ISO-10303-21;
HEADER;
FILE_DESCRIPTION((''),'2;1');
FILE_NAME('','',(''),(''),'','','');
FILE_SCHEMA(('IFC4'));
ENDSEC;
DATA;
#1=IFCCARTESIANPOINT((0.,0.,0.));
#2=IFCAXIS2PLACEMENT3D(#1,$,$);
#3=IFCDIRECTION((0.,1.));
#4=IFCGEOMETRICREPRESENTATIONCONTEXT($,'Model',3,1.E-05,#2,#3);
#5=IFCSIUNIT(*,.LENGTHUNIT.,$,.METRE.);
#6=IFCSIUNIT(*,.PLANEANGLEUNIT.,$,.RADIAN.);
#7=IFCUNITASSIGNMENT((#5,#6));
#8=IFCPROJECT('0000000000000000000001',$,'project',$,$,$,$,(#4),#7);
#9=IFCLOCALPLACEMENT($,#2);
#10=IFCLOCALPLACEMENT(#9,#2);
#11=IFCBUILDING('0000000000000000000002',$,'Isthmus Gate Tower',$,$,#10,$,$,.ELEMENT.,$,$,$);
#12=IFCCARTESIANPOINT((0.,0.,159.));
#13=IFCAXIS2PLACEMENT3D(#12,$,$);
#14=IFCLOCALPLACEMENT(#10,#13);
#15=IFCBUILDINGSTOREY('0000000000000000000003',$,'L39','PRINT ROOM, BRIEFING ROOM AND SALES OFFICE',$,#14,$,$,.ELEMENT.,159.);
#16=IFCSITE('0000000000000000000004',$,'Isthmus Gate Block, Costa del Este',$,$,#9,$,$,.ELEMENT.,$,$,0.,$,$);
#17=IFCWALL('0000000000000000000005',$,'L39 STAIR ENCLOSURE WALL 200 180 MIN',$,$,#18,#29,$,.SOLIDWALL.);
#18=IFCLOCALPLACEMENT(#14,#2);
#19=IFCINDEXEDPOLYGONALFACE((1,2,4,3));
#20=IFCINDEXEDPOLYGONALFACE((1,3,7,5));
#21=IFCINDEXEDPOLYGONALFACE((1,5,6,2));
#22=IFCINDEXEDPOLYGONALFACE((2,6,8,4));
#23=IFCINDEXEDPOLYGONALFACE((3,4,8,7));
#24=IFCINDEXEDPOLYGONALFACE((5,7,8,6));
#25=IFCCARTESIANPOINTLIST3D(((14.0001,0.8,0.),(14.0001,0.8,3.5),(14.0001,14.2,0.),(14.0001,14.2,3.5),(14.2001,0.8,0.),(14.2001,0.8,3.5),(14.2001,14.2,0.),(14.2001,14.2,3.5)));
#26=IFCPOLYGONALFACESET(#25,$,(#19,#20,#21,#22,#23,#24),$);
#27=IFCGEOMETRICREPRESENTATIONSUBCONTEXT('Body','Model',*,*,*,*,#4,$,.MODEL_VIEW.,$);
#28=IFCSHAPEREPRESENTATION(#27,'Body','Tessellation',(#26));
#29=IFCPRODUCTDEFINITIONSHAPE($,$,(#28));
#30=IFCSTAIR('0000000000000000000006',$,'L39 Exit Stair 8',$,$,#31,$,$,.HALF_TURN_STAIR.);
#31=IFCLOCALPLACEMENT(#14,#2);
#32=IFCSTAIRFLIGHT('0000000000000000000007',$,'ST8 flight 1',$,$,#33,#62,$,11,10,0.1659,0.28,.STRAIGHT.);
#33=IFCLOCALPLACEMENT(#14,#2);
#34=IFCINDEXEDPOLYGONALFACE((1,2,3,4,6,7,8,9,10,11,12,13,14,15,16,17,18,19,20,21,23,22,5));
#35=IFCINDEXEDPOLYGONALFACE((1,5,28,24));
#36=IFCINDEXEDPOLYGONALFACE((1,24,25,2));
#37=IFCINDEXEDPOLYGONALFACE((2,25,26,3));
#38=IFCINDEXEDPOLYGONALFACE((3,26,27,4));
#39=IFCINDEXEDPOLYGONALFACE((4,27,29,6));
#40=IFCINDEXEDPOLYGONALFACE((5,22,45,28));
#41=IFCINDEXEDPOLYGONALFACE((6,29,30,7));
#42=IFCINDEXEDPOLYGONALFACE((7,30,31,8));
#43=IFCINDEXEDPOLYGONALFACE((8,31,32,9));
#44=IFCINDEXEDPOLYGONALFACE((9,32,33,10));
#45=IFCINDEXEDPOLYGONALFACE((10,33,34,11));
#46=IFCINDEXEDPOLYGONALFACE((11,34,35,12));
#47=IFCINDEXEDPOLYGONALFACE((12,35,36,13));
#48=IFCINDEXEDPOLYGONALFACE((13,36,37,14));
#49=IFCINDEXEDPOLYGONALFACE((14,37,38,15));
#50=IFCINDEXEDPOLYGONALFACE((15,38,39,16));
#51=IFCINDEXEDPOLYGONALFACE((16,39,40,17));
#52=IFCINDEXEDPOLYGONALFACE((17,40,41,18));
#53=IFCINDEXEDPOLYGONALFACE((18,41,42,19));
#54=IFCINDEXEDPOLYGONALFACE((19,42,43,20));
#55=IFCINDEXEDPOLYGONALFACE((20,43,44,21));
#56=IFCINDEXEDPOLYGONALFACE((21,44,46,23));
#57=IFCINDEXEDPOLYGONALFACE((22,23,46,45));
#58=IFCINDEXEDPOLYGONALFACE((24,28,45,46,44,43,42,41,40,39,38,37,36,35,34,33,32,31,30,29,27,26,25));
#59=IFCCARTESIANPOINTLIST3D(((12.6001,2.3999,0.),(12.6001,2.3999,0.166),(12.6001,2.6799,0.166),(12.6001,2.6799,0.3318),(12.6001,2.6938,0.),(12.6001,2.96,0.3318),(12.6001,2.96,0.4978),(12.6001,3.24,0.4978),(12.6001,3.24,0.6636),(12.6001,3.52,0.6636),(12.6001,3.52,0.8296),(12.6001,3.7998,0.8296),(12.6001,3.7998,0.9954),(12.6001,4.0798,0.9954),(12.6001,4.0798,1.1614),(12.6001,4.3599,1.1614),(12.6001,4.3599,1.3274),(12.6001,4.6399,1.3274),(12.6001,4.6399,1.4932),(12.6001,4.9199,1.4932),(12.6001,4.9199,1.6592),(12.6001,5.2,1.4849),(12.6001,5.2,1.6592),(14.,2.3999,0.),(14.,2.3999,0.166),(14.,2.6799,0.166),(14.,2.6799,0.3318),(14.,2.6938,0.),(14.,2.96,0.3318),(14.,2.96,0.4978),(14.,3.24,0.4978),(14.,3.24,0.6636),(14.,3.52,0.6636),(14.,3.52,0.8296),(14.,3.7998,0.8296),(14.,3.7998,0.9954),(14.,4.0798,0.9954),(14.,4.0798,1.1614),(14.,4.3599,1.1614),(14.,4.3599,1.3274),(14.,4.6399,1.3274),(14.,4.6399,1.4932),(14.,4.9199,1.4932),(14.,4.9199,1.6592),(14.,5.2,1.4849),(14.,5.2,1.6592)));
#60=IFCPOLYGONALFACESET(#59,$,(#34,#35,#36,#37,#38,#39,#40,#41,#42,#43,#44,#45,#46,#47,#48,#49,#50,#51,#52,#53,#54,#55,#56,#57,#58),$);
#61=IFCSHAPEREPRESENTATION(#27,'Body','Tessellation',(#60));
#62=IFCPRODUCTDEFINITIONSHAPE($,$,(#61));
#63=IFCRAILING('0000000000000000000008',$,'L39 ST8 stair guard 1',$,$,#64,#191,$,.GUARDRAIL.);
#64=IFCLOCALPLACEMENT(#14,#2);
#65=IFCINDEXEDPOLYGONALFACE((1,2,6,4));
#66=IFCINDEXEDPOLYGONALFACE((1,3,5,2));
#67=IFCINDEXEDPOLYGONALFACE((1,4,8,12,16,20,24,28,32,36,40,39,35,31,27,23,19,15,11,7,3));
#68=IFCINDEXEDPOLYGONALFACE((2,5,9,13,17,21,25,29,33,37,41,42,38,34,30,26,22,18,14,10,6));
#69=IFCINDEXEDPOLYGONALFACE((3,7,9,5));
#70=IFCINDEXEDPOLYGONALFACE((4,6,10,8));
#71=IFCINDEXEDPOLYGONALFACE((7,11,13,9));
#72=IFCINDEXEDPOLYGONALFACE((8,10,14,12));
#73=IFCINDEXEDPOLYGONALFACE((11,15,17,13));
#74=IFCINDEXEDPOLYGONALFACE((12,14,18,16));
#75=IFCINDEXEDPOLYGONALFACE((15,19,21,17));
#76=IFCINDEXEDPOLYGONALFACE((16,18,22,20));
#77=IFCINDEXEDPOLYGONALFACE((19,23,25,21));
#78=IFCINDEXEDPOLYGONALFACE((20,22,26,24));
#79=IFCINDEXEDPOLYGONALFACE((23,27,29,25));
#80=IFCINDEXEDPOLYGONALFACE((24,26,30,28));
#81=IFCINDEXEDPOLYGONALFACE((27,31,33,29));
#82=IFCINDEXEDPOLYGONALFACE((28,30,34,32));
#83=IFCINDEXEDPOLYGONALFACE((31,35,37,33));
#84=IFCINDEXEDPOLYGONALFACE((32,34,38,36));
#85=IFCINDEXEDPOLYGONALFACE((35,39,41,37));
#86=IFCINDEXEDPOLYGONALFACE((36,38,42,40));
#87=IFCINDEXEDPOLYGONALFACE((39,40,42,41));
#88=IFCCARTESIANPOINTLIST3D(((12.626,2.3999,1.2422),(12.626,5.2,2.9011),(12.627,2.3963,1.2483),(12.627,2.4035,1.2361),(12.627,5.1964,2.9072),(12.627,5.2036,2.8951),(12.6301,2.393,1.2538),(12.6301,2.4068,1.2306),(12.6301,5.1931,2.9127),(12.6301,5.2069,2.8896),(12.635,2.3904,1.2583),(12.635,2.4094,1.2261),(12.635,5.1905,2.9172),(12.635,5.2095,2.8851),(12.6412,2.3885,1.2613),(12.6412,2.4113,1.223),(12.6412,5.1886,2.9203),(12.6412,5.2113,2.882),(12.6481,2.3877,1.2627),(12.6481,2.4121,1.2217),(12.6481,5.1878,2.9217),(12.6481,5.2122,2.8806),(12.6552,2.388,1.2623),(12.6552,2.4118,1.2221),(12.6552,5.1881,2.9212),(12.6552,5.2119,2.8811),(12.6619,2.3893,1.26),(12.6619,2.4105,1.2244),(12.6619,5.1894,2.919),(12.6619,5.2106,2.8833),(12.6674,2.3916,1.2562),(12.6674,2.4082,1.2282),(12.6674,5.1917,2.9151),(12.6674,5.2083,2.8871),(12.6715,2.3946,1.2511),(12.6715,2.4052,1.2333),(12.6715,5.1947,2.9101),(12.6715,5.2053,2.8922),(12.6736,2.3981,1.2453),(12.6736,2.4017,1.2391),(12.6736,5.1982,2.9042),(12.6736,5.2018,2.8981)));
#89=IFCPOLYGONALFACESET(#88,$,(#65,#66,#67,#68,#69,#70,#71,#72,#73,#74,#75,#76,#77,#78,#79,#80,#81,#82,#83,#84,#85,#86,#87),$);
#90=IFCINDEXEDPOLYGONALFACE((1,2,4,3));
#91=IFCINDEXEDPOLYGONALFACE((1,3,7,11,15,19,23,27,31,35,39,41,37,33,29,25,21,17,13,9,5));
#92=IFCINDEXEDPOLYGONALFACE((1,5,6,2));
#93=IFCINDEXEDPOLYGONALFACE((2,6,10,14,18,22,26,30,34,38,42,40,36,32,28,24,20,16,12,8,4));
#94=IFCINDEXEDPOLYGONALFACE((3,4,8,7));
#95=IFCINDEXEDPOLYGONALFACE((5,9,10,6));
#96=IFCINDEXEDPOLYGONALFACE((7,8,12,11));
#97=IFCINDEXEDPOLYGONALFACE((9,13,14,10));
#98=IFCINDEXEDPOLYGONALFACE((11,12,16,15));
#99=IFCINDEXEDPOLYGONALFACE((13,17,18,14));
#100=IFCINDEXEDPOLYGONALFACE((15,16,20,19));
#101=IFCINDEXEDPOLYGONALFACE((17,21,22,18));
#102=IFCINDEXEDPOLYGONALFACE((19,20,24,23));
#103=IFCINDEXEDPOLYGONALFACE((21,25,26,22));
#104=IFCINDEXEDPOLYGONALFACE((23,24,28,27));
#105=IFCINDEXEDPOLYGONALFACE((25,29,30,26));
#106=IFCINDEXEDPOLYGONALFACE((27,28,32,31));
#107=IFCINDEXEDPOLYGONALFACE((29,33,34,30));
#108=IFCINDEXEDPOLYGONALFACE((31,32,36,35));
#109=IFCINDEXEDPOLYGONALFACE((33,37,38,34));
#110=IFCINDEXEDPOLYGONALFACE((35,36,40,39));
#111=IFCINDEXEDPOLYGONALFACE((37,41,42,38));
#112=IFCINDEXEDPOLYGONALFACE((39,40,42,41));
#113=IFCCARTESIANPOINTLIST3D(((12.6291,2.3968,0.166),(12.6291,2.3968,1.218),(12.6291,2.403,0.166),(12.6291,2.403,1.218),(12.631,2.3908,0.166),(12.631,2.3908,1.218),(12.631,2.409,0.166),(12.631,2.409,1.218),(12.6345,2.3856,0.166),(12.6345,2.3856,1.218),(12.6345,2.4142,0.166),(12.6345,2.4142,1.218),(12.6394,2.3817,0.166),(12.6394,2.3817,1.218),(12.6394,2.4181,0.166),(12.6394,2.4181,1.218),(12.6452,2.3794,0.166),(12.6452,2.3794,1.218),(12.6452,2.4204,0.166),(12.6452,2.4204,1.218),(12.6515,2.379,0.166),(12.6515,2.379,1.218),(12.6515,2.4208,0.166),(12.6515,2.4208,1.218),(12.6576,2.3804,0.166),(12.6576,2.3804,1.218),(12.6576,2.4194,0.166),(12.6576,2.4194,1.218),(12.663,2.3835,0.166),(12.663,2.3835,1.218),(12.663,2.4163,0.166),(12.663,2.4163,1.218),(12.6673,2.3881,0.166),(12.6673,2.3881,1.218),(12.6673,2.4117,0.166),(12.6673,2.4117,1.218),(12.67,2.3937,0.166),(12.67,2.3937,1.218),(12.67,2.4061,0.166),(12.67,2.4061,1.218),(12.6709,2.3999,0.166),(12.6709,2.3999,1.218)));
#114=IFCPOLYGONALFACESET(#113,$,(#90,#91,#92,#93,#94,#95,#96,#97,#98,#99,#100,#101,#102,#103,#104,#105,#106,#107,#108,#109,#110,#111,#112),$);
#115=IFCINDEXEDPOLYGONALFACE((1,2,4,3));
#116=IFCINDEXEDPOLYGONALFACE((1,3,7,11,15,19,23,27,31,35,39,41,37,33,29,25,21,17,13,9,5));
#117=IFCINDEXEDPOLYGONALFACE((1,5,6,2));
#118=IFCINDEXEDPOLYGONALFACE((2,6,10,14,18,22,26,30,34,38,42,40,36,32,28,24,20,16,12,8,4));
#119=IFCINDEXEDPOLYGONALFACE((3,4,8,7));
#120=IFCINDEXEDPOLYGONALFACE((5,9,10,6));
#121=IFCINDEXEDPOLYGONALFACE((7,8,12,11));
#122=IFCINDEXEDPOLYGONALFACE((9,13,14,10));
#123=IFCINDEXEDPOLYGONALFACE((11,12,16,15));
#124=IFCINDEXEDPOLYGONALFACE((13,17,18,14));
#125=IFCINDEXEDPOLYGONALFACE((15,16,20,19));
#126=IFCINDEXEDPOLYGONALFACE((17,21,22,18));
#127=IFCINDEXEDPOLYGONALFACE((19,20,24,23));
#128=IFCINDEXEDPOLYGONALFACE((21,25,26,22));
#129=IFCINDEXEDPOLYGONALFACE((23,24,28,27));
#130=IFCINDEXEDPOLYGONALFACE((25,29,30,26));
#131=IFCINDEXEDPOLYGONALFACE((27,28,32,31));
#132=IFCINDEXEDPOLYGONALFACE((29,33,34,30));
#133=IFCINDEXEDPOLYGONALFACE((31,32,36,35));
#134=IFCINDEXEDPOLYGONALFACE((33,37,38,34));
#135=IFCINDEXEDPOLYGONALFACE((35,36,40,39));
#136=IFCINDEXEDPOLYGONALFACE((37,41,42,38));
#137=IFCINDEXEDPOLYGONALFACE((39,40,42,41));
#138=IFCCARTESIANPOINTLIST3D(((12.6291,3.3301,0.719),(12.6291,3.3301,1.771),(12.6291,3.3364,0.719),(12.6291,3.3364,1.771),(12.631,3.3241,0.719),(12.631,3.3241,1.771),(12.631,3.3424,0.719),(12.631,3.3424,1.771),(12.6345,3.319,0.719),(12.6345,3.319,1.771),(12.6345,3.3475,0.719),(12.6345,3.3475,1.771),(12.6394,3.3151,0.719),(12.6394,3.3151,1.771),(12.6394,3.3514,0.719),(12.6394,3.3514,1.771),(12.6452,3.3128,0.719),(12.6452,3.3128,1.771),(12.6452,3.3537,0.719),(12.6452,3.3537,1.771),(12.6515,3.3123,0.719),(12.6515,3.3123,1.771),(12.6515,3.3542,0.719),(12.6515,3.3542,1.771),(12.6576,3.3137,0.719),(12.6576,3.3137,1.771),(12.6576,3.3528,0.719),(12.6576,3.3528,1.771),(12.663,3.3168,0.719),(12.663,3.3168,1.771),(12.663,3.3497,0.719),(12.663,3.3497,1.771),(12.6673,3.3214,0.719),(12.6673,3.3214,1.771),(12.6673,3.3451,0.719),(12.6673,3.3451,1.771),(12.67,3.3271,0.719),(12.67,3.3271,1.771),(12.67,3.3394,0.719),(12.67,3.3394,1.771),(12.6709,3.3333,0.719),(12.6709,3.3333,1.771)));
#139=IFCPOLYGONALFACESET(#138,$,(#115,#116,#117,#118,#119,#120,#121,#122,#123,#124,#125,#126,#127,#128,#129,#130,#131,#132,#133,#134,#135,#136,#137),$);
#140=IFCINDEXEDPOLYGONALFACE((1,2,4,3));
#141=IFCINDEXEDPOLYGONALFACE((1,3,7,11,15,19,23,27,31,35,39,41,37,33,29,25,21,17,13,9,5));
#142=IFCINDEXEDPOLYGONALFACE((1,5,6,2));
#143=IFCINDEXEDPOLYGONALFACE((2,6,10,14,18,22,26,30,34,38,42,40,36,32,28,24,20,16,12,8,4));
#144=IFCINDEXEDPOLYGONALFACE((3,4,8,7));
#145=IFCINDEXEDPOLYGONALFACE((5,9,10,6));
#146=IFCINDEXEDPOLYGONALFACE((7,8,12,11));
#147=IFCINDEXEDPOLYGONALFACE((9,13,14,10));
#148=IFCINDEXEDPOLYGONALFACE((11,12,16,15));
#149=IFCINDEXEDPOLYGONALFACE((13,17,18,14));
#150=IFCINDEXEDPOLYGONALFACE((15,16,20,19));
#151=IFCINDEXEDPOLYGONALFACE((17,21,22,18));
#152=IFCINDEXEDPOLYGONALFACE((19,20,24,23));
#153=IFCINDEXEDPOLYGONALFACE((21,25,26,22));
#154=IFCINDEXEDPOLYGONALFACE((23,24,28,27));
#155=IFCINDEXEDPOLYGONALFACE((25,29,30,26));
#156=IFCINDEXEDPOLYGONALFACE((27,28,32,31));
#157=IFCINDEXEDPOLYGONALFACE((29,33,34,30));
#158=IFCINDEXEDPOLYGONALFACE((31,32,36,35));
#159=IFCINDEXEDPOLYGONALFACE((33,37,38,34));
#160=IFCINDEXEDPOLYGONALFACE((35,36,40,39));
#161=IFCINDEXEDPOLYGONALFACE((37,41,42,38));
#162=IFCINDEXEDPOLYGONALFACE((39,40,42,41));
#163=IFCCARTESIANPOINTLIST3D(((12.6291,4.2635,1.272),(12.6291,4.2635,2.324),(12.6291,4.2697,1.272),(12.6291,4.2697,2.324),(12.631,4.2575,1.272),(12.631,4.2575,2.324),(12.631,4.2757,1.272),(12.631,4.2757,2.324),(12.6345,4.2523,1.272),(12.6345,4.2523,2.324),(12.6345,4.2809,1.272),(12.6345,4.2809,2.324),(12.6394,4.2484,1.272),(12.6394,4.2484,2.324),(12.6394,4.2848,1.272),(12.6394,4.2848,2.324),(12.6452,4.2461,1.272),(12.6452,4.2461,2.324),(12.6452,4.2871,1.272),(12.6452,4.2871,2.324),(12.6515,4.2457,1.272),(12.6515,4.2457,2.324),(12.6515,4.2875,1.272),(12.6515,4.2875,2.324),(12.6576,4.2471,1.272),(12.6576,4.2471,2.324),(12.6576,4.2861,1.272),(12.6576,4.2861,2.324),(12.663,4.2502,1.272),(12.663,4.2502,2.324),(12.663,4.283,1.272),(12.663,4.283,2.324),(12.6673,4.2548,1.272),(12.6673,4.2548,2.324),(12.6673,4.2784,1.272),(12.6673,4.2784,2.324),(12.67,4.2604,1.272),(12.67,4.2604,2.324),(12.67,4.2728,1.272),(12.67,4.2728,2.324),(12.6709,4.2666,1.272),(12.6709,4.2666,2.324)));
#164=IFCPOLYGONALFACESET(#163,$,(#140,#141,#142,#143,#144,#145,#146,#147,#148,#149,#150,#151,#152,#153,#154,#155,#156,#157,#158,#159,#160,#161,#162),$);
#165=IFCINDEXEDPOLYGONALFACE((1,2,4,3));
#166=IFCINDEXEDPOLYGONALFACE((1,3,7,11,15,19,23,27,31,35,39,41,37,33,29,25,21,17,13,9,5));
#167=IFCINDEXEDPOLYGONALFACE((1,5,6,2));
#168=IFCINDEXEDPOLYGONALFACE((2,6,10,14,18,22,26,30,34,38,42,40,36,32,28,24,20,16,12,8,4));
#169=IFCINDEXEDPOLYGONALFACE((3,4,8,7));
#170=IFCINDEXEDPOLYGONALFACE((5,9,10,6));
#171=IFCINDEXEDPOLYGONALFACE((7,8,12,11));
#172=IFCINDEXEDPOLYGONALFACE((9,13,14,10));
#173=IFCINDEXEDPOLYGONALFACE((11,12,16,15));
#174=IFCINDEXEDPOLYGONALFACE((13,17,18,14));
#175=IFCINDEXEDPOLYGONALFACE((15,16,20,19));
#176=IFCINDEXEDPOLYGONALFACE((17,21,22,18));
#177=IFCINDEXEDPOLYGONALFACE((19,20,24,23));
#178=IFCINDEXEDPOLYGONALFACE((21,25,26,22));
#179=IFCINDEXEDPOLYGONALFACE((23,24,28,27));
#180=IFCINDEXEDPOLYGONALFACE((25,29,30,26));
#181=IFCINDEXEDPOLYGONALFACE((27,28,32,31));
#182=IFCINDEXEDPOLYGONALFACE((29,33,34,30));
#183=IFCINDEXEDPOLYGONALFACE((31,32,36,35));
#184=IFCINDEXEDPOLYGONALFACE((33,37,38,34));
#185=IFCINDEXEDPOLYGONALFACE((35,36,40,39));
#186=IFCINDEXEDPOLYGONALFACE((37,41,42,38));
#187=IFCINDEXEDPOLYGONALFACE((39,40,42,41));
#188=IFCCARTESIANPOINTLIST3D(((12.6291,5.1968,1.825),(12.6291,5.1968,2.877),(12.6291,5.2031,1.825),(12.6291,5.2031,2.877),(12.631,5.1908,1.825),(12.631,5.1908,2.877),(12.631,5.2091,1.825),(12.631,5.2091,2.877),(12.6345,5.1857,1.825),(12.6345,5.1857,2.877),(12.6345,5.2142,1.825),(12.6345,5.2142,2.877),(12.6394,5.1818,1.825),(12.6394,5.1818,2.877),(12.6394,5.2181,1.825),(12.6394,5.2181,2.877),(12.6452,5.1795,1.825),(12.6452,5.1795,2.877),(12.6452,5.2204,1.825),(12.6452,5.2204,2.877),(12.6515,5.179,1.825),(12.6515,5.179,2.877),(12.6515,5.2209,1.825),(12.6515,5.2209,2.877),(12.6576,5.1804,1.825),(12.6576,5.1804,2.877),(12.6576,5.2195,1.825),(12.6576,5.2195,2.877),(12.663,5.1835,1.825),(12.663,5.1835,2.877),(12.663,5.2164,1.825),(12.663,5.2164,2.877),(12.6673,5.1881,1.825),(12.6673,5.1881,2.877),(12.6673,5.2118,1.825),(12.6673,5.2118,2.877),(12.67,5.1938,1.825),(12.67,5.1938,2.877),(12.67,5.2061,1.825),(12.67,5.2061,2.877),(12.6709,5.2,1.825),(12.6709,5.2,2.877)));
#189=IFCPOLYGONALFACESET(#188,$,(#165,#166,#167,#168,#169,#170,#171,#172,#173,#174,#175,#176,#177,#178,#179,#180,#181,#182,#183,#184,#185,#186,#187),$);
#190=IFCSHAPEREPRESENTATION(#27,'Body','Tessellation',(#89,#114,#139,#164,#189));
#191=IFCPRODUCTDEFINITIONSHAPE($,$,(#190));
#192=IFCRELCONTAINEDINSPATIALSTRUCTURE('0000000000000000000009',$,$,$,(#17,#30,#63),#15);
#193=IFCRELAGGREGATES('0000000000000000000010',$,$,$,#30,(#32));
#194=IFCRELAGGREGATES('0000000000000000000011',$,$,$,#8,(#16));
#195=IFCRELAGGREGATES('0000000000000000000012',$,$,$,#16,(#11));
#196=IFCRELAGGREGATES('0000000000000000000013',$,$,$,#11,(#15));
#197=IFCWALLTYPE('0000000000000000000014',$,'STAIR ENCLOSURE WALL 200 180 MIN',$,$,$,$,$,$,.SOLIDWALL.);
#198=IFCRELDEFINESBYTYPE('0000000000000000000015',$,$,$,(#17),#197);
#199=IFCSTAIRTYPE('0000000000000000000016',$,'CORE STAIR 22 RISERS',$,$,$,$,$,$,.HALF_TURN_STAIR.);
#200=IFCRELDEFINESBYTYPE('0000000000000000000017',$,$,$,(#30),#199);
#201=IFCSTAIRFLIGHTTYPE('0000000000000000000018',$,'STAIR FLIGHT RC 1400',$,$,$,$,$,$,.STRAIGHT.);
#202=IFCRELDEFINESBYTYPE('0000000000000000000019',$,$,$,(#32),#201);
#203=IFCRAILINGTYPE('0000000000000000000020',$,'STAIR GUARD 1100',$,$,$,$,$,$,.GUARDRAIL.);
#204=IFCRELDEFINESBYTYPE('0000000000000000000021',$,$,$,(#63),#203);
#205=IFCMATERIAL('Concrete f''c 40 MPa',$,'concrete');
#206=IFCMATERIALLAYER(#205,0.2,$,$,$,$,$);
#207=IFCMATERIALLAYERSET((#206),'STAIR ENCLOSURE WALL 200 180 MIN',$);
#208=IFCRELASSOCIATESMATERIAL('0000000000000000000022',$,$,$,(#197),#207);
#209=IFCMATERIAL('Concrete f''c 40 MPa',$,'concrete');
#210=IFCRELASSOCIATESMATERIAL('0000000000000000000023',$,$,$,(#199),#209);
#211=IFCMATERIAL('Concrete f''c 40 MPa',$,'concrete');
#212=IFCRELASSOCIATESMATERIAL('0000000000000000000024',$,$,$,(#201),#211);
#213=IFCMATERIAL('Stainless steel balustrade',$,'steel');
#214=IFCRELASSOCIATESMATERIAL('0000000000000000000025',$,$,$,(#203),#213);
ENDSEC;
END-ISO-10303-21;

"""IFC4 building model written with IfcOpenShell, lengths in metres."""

from ifc_helpers import new_model, si_unit, direction, frame, frame_2d, origin, origin_2d, place, context, subcontext, project, spatial, polyline, rectangle, circle, outline, extrude, material, layer, layer_set, type_object, element, aggregate, save


model = new_model("IFC4")

# Units and contexts
model_context = context("Model", 3, precision=1e-05, world=origin(), true_north=direction((0.0, 1.0)))
body_context = subcontext(model_context, "Body", "Model", "MODEL_VIEW")
ifc_project = project(units=[si_unit("LENGTHUNIT", "METRE"), si_unit("PLANEANGLEUNIT", "RADIAN")], contexts=[model_context])

# Site, building, storey
site_placement = place(None, origin())
site = spatial("IfcSite", under=ifc_project, at=site_placement, Name="Isthmus Gate Block, Costa del Este", CompositionType="ELEMENT", RefElevation=0.0)
building_placement = place(site_placement, origin())
building = spatial("IfcBuilding", under=site, at=building_placement, Name="Isthmus Gate Tower", CompositionType="ELEMENT")
storey_placement = place(building_placement, frame((0.0, 0.0, 159.0)))
storey = spatial("IfcBuildingStorey", under=building, at=storey_placement, Name="L39", Description="PRINT ROOM, BRIEFING ROOM AND SALES OFFICE", CompositionType="ELEMENT", Elevation=159.0)

# Wall
ifc_material_1 = material(Name="Concrete f'c 40 MPa", Category="concrete")
ifc_layer_1 = layer(ifc_material_1, 0.2)
ifc_layer_set_1 = layer_set([ifc_layer_1], Name="STAIR ENCLOSURE WALL 200 180 MIN")
wall_type_1 = type_object("IfcWallType", Name="STAIR ENCLOSURE WALL 200 180 MIN", PredefinedType="SOLIDWALL", material=ifc_layer_set_1)
wall_1_placement = place(storey_placement, frame((14.1001, 0.8, 0.0), z_axis=(0.0, 0.0, 1.0), x_axis=(0.0, 1.0, 0.0)))
element("IfcWall", 1, at=wall_1_placement, inside=storey, type_object=wall_type_1, Name="L39 STAIR ENCLOSURE WALL 200 180 MIN", PredefinedType="SOLIDWALL", context=body_context, shape_type="SweptSolid", body=[
    extrude(rectangle(XDim=13.3999, YDim=0.2, at=frame_2d((6.7, 0.0))), origin(), (0.0, 0.0, 1.0), 3.5),
])

# Stair, stair flight
ifc_material_2 = material(Name="Concrete f'c 40 MPa", Category="concrete")
stair_type = type_object("IfcStairType", Name="CORE STAIR 22 RISERS", PredefinedType="HALF_TURN_STAIR", material=ifc_material_2)
stair_placement = place(storey_placement, origin())
stair = element("IfcStair", 2, at=stair_placement, inside=storey, type_object=stair_type, Name="L39 Exit Stair 8", PredefinedType="HALF_TURN_STAIR")
ifc_material_3 = material(Name="Concrete f'c 40 MPa", Category="concrete")
stair_flight_type = type_object("IfcStairFlightType", Name="STAIR FLIGHT RC 1400", PredefinedType="STRAIGHT", material=ifc_material_3)
stair_flight_placement = place(storey_placement, frame((13.3, 2.3999, 0.0), z_axis=(0.0, 0.0, 1.0), x_axis=(0.0, 1.0, 0.0)))
stair_flight = element("IfcStairFlight", 3, at=stair_flight_placement, type_object=stair_flight_type, Name="ST8 flight 1", NumberOfRisers=11, NumberOfTreads=10, PredefinedType="STRAIGHT", RiserHeight=0.1659, TreadLength=0.28, context=body_context, shape_type="SweptSolid", body=[
    extrude(outline(polyline([(0.0, 0.0), (0.0, 0.166), (0.28, 0.166), (0.28, 0.3318), (0.5601, 0.3318), (0.5601, 0.4978), (0.8401, 0.4978), (0.8401, 0.6636), (1.1201, 0.6636), (1.1201, 0.8296), (1.3999, 0.8296), (1.3999, 0.9954), (1.6799, 0.9954), (1.6799, 1.1614), (1.96, 1.1614), (1.96, 1.3274), (2.24, 1.3274), (2.24, 1.4932), (2.52, 1.4932), (2.52, 1.6592), (2.8, 1.6592), (2.8, 1.825), (2.8, 1.4849), (0.2939, 0.0), (0.0, 0.0)])), frame((0.0, 0.7, 0.0), z_axis=(0.0, -1.0, 0.0), x_axis=(1.0, 0.0, 0.0)), (0.0, 0.0, 1.0), 1.3999),
])
aggregate(stair, [stair_flight])

# Railing
ifc_material_4 = material(Name="Stainless steel balustrade", Category="steel")
railing_type_1 = type_object("IfcRailingType", Name="STAIR GUARD 1100", PredefinedType="GUARDRAIL", material=ifc_material_4)
railing_1_placement = place(storey_placement, frame((12.6499, 2.3999, 0.166)))
element("IfcRailing", 4, at=railing_1_placement, inside=storey, type_object=railing_type_1, Name="L39 ST8 stair guard 1", PredefinedType="GUARDRAIL", context=body_context, shape_type="SweptSolid", body=[
    extrude(circle(Radius=0.0239, at=origin_2d()), frame((0.0, 0.0, 1.0762), z_axis=(0.0, 0.860339, 0.509722), x_axis=(-1.0, 0.0, 0.0)), (0.0, 0.0, 1.0), 3.2546),
    extrude(circle(Radius=0.021, at=origin_2d()), origin(), (0.0, 0.0, 1.0), 1.052),
    extrude(circle(Radius=0.021, at=origin_2d()), frame((0.0, 0.9333, 0.553)), (0.0, 0.0, 1.0), 1.052),
    extrude(circle(Radius=0.021, at=origin_2d()), frame((0.0, 1.8667, 1.106)), (0.0, 0.0, 1.0), 1.052),
    extrude(circle(Radius=0.021, at=origin_2d()), frame((0.0, 2.8, 1.6589)), (0.0, 0.0, 1.0), 1.052),
])

save(model, "model.ifc")
